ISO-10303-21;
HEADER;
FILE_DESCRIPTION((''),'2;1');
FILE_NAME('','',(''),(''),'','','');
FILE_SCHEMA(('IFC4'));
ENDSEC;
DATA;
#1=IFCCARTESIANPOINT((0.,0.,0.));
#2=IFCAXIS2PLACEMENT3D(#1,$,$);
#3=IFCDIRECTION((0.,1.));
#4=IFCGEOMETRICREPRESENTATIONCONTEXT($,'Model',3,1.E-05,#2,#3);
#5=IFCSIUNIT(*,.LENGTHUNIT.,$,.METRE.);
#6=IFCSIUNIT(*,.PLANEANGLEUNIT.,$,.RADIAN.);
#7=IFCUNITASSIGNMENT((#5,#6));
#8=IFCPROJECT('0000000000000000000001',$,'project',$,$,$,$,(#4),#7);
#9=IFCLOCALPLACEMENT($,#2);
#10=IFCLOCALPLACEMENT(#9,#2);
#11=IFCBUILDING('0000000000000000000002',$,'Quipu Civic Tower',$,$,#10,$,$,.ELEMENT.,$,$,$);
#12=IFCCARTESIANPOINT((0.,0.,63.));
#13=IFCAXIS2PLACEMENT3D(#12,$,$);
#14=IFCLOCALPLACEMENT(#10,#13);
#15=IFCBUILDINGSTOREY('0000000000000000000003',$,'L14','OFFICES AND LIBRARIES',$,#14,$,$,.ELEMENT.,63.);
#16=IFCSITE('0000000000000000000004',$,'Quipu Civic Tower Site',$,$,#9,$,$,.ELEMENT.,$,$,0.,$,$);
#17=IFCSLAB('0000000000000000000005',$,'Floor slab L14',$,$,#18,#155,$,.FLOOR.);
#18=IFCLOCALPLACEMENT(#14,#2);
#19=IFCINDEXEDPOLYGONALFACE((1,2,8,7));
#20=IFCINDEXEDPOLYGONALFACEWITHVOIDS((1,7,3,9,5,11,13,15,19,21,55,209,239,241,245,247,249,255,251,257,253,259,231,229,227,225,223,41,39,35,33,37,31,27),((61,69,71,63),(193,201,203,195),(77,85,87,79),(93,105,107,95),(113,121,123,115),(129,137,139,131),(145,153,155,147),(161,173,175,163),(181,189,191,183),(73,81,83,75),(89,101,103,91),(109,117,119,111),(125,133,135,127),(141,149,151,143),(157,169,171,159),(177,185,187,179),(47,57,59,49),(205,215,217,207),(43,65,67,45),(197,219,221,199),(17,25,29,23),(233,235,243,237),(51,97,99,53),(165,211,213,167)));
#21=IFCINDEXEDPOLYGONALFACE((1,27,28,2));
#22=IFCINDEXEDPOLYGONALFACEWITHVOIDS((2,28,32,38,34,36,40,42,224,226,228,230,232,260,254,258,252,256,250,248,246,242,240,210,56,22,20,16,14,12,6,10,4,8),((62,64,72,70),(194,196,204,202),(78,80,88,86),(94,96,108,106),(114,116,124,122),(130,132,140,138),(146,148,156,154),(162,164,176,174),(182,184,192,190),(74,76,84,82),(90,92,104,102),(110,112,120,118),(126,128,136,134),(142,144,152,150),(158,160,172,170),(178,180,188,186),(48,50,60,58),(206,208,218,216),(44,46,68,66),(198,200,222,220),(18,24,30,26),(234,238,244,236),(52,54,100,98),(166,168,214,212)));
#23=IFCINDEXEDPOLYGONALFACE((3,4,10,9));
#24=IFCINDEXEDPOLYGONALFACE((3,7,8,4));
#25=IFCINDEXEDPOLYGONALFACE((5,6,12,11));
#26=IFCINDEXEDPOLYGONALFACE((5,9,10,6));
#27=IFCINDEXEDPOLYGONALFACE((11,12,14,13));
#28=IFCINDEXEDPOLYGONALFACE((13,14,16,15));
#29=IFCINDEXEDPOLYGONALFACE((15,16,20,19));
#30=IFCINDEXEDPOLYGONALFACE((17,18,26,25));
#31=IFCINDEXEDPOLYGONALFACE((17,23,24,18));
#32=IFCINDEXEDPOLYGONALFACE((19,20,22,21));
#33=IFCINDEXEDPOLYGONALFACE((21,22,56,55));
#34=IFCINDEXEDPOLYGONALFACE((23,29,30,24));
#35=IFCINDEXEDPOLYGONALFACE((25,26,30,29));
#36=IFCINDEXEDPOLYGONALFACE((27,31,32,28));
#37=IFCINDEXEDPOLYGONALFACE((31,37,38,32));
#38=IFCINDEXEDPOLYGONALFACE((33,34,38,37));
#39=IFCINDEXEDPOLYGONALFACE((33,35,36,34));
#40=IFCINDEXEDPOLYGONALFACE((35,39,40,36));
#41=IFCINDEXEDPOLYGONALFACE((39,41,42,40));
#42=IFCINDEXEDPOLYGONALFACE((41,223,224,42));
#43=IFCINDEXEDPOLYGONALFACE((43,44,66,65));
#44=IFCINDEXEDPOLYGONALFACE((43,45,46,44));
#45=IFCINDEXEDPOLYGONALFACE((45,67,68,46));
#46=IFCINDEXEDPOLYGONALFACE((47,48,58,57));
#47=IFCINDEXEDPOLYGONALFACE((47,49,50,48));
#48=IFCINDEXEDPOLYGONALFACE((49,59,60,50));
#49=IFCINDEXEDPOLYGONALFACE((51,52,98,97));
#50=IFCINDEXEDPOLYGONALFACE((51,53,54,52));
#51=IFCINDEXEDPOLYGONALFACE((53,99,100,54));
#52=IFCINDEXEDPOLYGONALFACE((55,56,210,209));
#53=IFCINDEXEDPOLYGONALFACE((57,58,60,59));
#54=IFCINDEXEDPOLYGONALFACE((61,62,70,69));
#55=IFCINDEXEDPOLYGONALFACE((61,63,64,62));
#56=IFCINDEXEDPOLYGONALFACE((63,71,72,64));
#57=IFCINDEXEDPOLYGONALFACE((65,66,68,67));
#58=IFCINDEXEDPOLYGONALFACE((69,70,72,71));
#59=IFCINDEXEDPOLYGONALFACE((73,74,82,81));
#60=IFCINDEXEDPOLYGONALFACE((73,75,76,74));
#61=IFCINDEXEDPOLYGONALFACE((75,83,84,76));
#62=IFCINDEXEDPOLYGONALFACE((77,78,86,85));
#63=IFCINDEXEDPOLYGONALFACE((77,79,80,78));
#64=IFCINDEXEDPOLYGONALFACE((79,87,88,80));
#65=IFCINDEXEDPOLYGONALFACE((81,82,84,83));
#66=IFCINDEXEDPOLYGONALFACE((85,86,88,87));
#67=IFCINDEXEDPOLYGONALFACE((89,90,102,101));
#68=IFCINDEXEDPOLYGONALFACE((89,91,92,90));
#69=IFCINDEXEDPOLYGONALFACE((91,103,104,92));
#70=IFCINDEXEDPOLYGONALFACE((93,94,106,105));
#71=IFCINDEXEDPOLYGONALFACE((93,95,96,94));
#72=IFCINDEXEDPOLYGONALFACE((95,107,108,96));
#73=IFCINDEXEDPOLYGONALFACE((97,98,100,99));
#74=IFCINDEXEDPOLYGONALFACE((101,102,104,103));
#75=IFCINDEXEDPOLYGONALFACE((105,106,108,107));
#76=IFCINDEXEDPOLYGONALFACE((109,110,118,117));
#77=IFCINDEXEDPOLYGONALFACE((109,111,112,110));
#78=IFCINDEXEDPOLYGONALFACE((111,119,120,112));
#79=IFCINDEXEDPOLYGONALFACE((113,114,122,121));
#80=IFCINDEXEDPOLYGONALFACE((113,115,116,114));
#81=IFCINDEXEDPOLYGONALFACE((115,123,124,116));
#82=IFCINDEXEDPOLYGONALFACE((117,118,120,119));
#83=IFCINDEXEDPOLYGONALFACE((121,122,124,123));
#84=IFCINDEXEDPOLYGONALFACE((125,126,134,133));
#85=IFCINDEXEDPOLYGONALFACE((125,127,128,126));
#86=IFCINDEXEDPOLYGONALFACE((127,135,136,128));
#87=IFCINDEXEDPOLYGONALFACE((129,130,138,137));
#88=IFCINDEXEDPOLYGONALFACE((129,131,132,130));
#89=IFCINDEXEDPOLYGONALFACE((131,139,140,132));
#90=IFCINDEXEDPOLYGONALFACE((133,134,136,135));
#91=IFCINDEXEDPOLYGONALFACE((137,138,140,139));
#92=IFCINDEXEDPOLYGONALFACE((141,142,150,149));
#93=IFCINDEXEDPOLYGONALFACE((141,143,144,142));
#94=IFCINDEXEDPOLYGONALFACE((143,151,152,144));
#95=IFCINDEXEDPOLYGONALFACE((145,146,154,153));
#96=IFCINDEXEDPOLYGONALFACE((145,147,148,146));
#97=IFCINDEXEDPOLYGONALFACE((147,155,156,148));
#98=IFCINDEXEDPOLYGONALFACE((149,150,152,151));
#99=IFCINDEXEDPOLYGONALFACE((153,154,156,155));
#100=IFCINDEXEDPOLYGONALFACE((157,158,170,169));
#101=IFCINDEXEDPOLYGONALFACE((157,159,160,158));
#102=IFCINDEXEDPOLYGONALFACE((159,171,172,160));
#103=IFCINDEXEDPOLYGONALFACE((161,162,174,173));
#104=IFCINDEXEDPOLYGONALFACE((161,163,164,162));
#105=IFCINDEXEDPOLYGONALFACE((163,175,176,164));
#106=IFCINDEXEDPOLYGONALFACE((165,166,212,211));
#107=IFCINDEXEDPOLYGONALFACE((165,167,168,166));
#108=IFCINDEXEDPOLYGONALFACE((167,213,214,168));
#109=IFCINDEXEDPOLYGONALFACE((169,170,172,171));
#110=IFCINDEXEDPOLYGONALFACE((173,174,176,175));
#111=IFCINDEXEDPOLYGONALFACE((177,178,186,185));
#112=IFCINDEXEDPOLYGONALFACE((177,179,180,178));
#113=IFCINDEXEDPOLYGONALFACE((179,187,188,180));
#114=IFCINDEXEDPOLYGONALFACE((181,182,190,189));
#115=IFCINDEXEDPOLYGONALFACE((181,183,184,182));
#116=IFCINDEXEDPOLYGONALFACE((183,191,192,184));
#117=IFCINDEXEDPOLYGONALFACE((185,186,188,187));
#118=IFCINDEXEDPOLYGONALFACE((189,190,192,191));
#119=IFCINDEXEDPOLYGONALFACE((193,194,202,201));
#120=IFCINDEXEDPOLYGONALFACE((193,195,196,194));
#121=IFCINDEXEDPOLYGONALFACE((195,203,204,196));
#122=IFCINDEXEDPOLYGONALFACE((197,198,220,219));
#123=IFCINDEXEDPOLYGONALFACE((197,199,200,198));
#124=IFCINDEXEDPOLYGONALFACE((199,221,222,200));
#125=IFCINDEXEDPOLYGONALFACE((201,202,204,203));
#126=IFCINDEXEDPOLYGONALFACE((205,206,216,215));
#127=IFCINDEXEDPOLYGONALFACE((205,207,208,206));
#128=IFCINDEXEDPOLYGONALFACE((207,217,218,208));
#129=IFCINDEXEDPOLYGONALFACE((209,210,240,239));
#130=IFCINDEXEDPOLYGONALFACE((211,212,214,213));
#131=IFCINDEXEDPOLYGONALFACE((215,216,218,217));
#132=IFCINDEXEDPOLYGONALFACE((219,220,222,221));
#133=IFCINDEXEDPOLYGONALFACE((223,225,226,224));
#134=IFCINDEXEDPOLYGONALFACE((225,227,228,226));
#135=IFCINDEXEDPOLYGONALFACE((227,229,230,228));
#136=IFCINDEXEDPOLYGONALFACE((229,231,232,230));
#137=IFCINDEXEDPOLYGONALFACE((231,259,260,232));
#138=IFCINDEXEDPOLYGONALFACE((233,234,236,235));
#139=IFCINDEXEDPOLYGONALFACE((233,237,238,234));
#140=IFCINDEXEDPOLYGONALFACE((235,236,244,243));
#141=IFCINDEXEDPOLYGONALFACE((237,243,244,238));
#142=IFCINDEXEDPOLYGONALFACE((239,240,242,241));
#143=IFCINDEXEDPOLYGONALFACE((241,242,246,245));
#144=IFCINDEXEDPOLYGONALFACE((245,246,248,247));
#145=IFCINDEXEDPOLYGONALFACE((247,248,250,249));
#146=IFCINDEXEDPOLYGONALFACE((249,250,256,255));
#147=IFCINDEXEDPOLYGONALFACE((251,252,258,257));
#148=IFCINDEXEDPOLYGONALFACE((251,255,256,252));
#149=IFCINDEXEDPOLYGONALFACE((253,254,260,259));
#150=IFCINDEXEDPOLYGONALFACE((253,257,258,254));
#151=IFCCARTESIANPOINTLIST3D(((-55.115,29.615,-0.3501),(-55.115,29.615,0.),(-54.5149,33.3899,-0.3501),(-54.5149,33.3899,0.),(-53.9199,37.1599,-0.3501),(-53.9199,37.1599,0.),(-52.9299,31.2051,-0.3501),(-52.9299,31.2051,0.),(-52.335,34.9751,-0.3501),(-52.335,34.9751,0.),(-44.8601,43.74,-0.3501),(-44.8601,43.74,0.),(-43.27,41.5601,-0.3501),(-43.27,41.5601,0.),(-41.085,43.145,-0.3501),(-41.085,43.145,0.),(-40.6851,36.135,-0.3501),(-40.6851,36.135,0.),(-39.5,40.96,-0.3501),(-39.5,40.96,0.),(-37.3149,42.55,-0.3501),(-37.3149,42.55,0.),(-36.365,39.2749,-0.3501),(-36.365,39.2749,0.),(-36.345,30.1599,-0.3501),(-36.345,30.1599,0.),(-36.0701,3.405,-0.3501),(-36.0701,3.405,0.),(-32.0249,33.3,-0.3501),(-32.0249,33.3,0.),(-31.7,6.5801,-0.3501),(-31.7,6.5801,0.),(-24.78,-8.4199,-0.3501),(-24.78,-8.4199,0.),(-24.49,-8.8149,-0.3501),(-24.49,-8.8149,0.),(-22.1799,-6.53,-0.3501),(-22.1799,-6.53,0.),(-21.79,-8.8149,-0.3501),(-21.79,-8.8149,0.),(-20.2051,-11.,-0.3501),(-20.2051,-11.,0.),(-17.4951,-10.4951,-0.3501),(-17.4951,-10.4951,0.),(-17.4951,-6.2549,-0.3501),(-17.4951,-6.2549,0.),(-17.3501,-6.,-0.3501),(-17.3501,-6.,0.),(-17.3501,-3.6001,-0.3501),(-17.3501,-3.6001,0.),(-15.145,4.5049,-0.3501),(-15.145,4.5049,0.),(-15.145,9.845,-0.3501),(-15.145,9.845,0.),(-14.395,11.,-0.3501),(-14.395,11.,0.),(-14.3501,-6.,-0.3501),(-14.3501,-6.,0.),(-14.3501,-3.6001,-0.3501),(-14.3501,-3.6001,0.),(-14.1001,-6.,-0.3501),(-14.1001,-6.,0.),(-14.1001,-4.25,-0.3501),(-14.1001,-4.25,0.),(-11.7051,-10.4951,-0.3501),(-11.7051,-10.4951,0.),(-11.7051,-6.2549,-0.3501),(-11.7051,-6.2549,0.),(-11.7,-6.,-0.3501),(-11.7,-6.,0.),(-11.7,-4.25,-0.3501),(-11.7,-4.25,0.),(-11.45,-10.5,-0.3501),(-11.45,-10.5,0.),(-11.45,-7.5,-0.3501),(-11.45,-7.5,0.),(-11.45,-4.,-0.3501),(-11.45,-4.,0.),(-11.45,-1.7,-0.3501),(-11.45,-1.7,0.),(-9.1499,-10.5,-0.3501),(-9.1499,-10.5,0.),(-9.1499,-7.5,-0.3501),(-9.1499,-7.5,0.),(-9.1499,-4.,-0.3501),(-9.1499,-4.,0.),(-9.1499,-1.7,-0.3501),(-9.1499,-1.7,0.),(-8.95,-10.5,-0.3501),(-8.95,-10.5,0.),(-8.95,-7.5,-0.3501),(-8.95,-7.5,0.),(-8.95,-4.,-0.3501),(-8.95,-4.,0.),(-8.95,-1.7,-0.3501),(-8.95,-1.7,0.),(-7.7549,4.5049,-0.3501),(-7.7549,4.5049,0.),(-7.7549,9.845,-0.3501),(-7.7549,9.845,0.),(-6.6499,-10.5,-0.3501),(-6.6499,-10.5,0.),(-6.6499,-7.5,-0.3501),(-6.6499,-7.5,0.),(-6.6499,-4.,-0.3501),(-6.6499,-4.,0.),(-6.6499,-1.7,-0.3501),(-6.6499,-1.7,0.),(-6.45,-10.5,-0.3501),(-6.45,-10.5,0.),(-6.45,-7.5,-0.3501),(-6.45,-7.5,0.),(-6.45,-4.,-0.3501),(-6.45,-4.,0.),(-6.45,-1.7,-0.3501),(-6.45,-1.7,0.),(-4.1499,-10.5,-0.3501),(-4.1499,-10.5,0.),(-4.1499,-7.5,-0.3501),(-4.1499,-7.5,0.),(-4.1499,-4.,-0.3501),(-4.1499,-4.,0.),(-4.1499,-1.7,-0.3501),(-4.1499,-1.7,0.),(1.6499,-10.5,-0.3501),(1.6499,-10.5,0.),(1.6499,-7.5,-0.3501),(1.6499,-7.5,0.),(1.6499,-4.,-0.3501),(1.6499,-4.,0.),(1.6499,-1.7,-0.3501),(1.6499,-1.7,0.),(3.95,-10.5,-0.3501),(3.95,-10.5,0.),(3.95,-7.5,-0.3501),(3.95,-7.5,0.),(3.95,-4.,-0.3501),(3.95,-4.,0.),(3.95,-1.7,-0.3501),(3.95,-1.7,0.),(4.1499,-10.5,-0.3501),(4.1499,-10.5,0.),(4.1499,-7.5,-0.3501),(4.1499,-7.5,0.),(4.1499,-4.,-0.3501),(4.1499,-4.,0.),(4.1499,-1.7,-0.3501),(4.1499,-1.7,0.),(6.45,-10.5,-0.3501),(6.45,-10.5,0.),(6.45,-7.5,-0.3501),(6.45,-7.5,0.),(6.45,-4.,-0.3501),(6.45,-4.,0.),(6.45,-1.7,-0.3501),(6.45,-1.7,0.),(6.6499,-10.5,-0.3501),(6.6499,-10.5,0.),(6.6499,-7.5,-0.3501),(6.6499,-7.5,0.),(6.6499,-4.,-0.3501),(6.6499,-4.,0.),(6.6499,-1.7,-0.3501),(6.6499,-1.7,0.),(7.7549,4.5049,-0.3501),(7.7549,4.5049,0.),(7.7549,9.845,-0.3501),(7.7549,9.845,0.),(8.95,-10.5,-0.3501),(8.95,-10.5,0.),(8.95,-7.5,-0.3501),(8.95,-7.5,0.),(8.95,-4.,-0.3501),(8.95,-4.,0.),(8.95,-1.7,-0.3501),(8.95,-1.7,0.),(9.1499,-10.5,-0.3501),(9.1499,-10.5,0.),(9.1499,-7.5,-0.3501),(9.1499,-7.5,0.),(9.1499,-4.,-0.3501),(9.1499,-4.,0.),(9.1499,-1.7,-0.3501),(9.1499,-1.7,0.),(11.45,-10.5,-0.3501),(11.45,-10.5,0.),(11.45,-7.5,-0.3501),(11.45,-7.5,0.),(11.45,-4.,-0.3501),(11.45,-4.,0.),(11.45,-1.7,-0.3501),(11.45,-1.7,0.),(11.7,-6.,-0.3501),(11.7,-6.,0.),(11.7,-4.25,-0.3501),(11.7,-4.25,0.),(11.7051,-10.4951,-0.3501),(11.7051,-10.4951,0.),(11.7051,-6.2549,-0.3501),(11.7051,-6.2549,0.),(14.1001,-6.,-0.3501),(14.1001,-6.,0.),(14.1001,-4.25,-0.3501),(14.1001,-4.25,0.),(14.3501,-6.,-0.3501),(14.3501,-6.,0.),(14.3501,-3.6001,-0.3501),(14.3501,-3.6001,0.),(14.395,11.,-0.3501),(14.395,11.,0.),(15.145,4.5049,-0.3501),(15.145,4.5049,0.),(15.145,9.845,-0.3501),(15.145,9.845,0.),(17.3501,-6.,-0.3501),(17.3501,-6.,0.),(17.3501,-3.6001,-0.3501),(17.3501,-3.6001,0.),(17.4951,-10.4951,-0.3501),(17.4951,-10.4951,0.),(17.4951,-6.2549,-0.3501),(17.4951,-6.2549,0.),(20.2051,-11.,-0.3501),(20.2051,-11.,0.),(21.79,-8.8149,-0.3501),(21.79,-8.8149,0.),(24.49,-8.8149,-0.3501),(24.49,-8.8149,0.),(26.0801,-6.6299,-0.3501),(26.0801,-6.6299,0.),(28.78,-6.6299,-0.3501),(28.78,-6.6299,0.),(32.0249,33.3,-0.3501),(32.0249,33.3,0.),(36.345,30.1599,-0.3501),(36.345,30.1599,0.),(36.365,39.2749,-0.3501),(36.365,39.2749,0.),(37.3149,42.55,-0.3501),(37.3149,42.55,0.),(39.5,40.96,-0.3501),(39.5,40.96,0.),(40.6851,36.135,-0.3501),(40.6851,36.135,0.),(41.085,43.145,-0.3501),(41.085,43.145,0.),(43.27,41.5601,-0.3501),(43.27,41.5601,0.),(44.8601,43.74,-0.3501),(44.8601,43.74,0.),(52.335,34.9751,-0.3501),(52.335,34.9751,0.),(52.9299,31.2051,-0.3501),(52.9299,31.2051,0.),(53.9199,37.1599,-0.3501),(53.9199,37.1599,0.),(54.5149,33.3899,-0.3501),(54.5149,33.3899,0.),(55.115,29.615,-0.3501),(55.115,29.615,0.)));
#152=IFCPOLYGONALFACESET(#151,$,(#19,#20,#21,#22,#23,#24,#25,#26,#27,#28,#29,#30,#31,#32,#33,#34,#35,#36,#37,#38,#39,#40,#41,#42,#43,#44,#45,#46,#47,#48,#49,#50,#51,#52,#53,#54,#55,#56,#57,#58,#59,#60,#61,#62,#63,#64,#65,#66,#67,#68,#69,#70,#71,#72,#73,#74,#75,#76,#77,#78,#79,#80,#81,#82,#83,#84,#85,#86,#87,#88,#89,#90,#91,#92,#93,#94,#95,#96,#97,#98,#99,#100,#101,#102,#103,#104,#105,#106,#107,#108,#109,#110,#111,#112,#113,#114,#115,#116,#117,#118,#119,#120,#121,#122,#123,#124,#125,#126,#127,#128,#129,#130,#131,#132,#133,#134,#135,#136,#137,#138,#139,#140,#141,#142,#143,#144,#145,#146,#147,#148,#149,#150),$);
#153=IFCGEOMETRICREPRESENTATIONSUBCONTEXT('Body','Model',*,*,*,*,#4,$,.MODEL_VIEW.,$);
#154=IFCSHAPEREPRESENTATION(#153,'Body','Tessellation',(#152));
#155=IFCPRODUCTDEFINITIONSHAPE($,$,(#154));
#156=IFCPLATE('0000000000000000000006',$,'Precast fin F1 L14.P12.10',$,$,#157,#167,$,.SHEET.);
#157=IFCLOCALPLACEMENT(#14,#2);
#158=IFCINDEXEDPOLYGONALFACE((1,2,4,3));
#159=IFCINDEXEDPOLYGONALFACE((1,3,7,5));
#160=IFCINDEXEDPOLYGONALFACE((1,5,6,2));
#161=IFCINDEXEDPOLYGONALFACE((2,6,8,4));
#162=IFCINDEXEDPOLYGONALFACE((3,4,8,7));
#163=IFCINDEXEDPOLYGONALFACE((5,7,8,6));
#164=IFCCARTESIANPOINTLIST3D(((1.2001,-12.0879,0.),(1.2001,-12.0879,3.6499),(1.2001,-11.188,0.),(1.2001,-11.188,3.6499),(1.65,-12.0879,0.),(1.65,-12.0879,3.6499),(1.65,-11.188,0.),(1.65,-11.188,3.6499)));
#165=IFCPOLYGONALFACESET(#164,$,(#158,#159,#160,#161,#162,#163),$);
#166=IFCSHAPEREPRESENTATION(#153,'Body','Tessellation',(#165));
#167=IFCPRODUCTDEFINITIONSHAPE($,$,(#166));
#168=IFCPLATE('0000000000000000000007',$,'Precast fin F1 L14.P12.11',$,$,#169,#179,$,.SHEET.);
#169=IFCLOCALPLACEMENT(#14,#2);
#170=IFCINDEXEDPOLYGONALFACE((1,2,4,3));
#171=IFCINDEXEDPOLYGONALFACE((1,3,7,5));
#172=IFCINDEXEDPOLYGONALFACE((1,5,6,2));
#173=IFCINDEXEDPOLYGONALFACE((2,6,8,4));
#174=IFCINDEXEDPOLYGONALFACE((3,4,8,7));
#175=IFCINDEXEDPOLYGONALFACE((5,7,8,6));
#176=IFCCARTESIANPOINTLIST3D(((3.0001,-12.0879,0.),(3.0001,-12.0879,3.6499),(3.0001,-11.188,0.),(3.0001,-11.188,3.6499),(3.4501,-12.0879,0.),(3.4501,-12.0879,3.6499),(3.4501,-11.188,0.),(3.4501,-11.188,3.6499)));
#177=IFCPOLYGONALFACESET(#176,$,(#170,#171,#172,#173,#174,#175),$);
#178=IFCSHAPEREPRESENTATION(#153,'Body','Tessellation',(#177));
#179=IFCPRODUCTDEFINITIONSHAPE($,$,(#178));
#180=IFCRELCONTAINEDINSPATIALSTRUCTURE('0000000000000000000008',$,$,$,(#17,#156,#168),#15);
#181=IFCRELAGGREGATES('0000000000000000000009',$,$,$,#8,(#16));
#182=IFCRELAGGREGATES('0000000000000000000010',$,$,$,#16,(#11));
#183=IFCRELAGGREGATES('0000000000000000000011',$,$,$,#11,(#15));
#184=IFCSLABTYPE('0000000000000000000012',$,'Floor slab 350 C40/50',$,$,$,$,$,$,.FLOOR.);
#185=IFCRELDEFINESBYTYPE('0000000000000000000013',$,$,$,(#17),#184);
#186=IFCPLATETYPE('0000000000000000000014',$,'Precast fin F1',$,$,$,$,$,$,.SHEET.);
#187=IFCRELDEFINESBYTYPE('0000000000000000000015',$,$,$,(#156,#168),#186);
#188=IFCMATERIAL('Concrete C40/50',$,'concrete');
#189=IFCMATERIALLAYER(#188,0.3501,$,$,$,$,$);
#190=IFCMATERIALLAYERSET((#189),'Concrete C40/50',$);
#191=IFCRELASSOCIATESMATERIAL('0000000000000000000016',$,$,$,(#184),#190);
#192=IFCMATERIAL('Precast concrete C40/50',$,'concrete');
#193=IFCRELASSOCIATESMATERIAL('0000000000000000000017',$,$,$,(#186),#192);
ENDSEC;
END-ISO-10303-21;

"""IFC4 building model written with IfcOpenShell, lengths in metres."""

from ifc_helpers import new_model, si_unit, direction, frame, origin, origin_2d, place, context, subcontext, project, spatial, polyline, rectangle, outline, extrude, material, layer, layer_set, type_object, element, save


model = new_model("IFC4")

# Units and contexts
model_context = context("Model", 3, precision=1e-05, world=origin(), true_north=direction((0.0, 1.0)))
body_context = subcontext(model_context, "Body", "Model", "MODEL_VIEW")
ifc_project = project(units=[si_unit("LENGTHUNIT", "METRE"), si_unit("PLANEANGLEUNIT", "RADIAN")], contexts=[model_context])

# Site, building, storey
site_placement = place(None, origin())
site = spatial("IfcSite", under=ifc_project, at=site_placement, Name="Quipu Civic Tower Site", CompositionType="ELEMENT", RefElevation=0.0)
building_placement = place(site_placement, origin())
building = spatial("IfcBuilding", under=site, at=building_placement, Name="Quipu Civic Tower", CompositionType="ELEMENT")
storey_placement = place(building_placement, frame((0.0, 0.0, 63.0)))
storey = spatial("IfcBuildingStorey", under=building, at=storey_placement, Name="L14", Description="OFFICES AND LIBRARIES", CompositionType="ELEMENT", Elevation=63.0)

# Slab
ifc_material_1 = material(Name="Concrete C40/50", Category="concrete")
ifc_layer_1 = layer(ifc_material_1, 0.3501)
ifc_layer_set_1 = layer_set([ifc_layer_1], Name="Concrete C40/50")
slab_type_1 = type_object("IfcSlabType", Name="Floor slab 350 C40/50", PredefinedType="FLOOR", material=ifc_layer_set_1)
slab_1_placement = place(storey_placement, frame((0.0, 0.0, -0.3501)))
element("IfcSlab", 1, at=slab_1_placement, inside=storey, type_object=slab_type_1, Name="Floor slab L14", PredefinedType="FLOOR", context=body_context, shape_type="SweptSolid", body=[
    extrude(outline(polyline([(-54.5149, 33.3899), (-52.335, 34.9751), (-53.9199, 37.1599), (-44.8601, 43.74), (-43.27, 41.5601), (-41.085, 43.145), (-39.5, 40.96), (-37.3149, 42.55), (-14.395, 11.0), (14.395, 11.0), (37.3149, 42.55), (39.5, 40.96), (41.085, 43.145), (43.27, 41.5601), (44.8601, 43.74), (53.9199, 37.1599), (52.335, 34.9751), (54.5149, 33.3899), (52.9299, 31.2051), (55.115, 29.615), (28.78, -6.6299), (26.0801, -6.6299), (24.49, -8.8149), (21.79, -8.8149), (20.2051, -11.0), (-20.2051, -11.0), (-21.79, -8.8149), (-24.49, -8.8149), (-24.78, -8.4199), (-22.1799, -6.53), (-31.7, 6.5801), (-36.0701, 3.405), (-55.115, 29.615), (-52.9299, 31.2051), (-54.5149, 33.3899)]), holes=[polyline([(-11.45, -7.5), (-11.45, -10.5), (-9.1499, -10.5), (-9.1499, -7.5), (-11.45, -7.5)]), polyline([(-6.6499, -7.5), (-8.95, -7.5), (-8.95, -10.5), (-6.6499, -10.5), (-6.6499, -7.5)]), polyline([(-4.1499, -7.5), (-6.45, -7.5), (-6.45, -10.5), (-4.1499, -10.5), (-4.1499, -7.5)]), polyline([(1.6499, -7.5), (1.6499, -10.5), (3.95, -10.5), (3.95, -7.5), (1.6499, -7.5)]), polyline([(-11.7051, -10.4951), (-11.7051, -6.2549), (-17.4951, -6.2549), (-17.4951, -10.4951), (-11.7051, -10.4951)]), polyline([(-11.7, -4.25), (-14.1001, -4.25), (-14.1001, -6.0), (-11.7, -6.0), (-11.7, -4.25)]), polyline([(-17.3501, -3.6001), (-17.3501, -6.0), (-14.3501, -6.0), (-14.3501, -3.6001), (-17.3501, -3.6001)]), polyline([(-9.1499, -1.7), (-11.45, -1.7), (-11.45, -4.0), (-9.1499, -4.0), (-9.1499, -1.7)]), polyline([(-6.6499, -1.7), (-8.95, -1.7), (-8.95, -4.0), (-6.6499, -4.0), (-6.6499, -1.7)]), polyline([(-6.45, -1.7), (-6.45, -4.0), (-4.1499, -4.0), (-4.1499, -1.7), (-6.45, -1.7)]), polyline([(-7.7549, 4.5049), (-7.7549, 9.845), (-15.145, 9.845), (-15.145, 4.5049), (-7.7549, 4.5049)]), polyline([(-36.365, 39.2749), (-40.6851, 36.135), (-36.345, 30.1599), (-32.0249, 33.3), (-36.365, 39.2749)]), polyline([(4.1499, -7.5), (4.1499, -10.5), (6.45, -10.5), (6.45, -7.5), (4.1499, -7.5)]), polyline([(8.95, -7.5), (6.6499, -7.5), (6.6499, -10.5), (8.95, -10.5), (8.95, -7.5)]), polyline([(11.45, -7.5), (9.1499, -7.5), (9.1499, -10.5), (11.45, -10.5), (11.45, -7.5)]), polyline([(11.7051, -10.4951), (17.4951, -10.4951), (17.4951, -6.2549), (11.7051, -6.2549), (11.7051, -10.4951)]), polyline([(14.1001, -4.25), (11.7, -4.25), (11.7, -6.0), (14.1001, -6.0), (14.1001, -4.25)]), polyline([(17.3501, -3.6001), (14.3501, -3.6001), (14.3501, -6.0), (17.3501, -6.0), (17.3501, -3.6001)]), polyline([(1.6499, -1.7), (1.6499, -4.0), (3.95, -4.0), (3.95, -1.7), (1.6499, -1.7)]), polyline([(6.45, -1.7), (4.1499, -1.7), (4.1499, -4.0), (6.45, -4.0), (6.45, -1.7)]), polyline([(8.95, -1.7), (6.6499, -1.7), (6.6499, -4.0), (8.95, -4.0), (8.95, -1.7)]), polyline([(9.1499, -1.7), (9.1499, -4.0), (11.45, -4.0), (11.45, -1.7), (9.1499, -1.7)]), polyline([(7.7549, 9.845), (7.7549, 4.5049), (15.145, 4.5049), (15.145, 9.845), (7.7549, 9.845)]), polyline([(40.6851, 36.135), (36.365, 39.2749), (32.0249, 33.3), (36.345, 30.1599), (40.6851, 36.135)])]), origin(), (0.0, 0.0, 1.0), 0.3501),
])

# Plates
ifc_material_2 = material(Name="Precast concrete C40/50", Category="concrete")
plate_type = type_object("IfcPlateType", Name="Precast fin F1", PredefinedType="SHEET", material=ifc_material_2)
for number, where, z_axis, x_axis, name in (
    (2, (1.425, -11.6379, 0.0), (0.0, 0.0, 1.0), (1.0, 0.0, 0.0), "Precast fin F1 L14.P12.10"),
    (3, (3.2251, -11.6379, 0.0), (0.0, 0.0, 1.0), (1.0, 0.0, 0.0), "Precast fin F1 L14.P12.11"),
):
    element("IfcPlate", number, at=place(storey_placement, frame(where, z_axis=z_axis, x_axis=x_axis)), inside=storey, type_object=plate_type, Name=name, PredefinedType="SHEET", context=body_context, shape_type="SweptSolid", body=[
        extrude(rectangle(XDim=0.45, YDim=0.8999, at=origin_2d()), origin(), (0.0, 0.0, 1.0), 3.6499),
    ])

save(model, "model.ifc")
